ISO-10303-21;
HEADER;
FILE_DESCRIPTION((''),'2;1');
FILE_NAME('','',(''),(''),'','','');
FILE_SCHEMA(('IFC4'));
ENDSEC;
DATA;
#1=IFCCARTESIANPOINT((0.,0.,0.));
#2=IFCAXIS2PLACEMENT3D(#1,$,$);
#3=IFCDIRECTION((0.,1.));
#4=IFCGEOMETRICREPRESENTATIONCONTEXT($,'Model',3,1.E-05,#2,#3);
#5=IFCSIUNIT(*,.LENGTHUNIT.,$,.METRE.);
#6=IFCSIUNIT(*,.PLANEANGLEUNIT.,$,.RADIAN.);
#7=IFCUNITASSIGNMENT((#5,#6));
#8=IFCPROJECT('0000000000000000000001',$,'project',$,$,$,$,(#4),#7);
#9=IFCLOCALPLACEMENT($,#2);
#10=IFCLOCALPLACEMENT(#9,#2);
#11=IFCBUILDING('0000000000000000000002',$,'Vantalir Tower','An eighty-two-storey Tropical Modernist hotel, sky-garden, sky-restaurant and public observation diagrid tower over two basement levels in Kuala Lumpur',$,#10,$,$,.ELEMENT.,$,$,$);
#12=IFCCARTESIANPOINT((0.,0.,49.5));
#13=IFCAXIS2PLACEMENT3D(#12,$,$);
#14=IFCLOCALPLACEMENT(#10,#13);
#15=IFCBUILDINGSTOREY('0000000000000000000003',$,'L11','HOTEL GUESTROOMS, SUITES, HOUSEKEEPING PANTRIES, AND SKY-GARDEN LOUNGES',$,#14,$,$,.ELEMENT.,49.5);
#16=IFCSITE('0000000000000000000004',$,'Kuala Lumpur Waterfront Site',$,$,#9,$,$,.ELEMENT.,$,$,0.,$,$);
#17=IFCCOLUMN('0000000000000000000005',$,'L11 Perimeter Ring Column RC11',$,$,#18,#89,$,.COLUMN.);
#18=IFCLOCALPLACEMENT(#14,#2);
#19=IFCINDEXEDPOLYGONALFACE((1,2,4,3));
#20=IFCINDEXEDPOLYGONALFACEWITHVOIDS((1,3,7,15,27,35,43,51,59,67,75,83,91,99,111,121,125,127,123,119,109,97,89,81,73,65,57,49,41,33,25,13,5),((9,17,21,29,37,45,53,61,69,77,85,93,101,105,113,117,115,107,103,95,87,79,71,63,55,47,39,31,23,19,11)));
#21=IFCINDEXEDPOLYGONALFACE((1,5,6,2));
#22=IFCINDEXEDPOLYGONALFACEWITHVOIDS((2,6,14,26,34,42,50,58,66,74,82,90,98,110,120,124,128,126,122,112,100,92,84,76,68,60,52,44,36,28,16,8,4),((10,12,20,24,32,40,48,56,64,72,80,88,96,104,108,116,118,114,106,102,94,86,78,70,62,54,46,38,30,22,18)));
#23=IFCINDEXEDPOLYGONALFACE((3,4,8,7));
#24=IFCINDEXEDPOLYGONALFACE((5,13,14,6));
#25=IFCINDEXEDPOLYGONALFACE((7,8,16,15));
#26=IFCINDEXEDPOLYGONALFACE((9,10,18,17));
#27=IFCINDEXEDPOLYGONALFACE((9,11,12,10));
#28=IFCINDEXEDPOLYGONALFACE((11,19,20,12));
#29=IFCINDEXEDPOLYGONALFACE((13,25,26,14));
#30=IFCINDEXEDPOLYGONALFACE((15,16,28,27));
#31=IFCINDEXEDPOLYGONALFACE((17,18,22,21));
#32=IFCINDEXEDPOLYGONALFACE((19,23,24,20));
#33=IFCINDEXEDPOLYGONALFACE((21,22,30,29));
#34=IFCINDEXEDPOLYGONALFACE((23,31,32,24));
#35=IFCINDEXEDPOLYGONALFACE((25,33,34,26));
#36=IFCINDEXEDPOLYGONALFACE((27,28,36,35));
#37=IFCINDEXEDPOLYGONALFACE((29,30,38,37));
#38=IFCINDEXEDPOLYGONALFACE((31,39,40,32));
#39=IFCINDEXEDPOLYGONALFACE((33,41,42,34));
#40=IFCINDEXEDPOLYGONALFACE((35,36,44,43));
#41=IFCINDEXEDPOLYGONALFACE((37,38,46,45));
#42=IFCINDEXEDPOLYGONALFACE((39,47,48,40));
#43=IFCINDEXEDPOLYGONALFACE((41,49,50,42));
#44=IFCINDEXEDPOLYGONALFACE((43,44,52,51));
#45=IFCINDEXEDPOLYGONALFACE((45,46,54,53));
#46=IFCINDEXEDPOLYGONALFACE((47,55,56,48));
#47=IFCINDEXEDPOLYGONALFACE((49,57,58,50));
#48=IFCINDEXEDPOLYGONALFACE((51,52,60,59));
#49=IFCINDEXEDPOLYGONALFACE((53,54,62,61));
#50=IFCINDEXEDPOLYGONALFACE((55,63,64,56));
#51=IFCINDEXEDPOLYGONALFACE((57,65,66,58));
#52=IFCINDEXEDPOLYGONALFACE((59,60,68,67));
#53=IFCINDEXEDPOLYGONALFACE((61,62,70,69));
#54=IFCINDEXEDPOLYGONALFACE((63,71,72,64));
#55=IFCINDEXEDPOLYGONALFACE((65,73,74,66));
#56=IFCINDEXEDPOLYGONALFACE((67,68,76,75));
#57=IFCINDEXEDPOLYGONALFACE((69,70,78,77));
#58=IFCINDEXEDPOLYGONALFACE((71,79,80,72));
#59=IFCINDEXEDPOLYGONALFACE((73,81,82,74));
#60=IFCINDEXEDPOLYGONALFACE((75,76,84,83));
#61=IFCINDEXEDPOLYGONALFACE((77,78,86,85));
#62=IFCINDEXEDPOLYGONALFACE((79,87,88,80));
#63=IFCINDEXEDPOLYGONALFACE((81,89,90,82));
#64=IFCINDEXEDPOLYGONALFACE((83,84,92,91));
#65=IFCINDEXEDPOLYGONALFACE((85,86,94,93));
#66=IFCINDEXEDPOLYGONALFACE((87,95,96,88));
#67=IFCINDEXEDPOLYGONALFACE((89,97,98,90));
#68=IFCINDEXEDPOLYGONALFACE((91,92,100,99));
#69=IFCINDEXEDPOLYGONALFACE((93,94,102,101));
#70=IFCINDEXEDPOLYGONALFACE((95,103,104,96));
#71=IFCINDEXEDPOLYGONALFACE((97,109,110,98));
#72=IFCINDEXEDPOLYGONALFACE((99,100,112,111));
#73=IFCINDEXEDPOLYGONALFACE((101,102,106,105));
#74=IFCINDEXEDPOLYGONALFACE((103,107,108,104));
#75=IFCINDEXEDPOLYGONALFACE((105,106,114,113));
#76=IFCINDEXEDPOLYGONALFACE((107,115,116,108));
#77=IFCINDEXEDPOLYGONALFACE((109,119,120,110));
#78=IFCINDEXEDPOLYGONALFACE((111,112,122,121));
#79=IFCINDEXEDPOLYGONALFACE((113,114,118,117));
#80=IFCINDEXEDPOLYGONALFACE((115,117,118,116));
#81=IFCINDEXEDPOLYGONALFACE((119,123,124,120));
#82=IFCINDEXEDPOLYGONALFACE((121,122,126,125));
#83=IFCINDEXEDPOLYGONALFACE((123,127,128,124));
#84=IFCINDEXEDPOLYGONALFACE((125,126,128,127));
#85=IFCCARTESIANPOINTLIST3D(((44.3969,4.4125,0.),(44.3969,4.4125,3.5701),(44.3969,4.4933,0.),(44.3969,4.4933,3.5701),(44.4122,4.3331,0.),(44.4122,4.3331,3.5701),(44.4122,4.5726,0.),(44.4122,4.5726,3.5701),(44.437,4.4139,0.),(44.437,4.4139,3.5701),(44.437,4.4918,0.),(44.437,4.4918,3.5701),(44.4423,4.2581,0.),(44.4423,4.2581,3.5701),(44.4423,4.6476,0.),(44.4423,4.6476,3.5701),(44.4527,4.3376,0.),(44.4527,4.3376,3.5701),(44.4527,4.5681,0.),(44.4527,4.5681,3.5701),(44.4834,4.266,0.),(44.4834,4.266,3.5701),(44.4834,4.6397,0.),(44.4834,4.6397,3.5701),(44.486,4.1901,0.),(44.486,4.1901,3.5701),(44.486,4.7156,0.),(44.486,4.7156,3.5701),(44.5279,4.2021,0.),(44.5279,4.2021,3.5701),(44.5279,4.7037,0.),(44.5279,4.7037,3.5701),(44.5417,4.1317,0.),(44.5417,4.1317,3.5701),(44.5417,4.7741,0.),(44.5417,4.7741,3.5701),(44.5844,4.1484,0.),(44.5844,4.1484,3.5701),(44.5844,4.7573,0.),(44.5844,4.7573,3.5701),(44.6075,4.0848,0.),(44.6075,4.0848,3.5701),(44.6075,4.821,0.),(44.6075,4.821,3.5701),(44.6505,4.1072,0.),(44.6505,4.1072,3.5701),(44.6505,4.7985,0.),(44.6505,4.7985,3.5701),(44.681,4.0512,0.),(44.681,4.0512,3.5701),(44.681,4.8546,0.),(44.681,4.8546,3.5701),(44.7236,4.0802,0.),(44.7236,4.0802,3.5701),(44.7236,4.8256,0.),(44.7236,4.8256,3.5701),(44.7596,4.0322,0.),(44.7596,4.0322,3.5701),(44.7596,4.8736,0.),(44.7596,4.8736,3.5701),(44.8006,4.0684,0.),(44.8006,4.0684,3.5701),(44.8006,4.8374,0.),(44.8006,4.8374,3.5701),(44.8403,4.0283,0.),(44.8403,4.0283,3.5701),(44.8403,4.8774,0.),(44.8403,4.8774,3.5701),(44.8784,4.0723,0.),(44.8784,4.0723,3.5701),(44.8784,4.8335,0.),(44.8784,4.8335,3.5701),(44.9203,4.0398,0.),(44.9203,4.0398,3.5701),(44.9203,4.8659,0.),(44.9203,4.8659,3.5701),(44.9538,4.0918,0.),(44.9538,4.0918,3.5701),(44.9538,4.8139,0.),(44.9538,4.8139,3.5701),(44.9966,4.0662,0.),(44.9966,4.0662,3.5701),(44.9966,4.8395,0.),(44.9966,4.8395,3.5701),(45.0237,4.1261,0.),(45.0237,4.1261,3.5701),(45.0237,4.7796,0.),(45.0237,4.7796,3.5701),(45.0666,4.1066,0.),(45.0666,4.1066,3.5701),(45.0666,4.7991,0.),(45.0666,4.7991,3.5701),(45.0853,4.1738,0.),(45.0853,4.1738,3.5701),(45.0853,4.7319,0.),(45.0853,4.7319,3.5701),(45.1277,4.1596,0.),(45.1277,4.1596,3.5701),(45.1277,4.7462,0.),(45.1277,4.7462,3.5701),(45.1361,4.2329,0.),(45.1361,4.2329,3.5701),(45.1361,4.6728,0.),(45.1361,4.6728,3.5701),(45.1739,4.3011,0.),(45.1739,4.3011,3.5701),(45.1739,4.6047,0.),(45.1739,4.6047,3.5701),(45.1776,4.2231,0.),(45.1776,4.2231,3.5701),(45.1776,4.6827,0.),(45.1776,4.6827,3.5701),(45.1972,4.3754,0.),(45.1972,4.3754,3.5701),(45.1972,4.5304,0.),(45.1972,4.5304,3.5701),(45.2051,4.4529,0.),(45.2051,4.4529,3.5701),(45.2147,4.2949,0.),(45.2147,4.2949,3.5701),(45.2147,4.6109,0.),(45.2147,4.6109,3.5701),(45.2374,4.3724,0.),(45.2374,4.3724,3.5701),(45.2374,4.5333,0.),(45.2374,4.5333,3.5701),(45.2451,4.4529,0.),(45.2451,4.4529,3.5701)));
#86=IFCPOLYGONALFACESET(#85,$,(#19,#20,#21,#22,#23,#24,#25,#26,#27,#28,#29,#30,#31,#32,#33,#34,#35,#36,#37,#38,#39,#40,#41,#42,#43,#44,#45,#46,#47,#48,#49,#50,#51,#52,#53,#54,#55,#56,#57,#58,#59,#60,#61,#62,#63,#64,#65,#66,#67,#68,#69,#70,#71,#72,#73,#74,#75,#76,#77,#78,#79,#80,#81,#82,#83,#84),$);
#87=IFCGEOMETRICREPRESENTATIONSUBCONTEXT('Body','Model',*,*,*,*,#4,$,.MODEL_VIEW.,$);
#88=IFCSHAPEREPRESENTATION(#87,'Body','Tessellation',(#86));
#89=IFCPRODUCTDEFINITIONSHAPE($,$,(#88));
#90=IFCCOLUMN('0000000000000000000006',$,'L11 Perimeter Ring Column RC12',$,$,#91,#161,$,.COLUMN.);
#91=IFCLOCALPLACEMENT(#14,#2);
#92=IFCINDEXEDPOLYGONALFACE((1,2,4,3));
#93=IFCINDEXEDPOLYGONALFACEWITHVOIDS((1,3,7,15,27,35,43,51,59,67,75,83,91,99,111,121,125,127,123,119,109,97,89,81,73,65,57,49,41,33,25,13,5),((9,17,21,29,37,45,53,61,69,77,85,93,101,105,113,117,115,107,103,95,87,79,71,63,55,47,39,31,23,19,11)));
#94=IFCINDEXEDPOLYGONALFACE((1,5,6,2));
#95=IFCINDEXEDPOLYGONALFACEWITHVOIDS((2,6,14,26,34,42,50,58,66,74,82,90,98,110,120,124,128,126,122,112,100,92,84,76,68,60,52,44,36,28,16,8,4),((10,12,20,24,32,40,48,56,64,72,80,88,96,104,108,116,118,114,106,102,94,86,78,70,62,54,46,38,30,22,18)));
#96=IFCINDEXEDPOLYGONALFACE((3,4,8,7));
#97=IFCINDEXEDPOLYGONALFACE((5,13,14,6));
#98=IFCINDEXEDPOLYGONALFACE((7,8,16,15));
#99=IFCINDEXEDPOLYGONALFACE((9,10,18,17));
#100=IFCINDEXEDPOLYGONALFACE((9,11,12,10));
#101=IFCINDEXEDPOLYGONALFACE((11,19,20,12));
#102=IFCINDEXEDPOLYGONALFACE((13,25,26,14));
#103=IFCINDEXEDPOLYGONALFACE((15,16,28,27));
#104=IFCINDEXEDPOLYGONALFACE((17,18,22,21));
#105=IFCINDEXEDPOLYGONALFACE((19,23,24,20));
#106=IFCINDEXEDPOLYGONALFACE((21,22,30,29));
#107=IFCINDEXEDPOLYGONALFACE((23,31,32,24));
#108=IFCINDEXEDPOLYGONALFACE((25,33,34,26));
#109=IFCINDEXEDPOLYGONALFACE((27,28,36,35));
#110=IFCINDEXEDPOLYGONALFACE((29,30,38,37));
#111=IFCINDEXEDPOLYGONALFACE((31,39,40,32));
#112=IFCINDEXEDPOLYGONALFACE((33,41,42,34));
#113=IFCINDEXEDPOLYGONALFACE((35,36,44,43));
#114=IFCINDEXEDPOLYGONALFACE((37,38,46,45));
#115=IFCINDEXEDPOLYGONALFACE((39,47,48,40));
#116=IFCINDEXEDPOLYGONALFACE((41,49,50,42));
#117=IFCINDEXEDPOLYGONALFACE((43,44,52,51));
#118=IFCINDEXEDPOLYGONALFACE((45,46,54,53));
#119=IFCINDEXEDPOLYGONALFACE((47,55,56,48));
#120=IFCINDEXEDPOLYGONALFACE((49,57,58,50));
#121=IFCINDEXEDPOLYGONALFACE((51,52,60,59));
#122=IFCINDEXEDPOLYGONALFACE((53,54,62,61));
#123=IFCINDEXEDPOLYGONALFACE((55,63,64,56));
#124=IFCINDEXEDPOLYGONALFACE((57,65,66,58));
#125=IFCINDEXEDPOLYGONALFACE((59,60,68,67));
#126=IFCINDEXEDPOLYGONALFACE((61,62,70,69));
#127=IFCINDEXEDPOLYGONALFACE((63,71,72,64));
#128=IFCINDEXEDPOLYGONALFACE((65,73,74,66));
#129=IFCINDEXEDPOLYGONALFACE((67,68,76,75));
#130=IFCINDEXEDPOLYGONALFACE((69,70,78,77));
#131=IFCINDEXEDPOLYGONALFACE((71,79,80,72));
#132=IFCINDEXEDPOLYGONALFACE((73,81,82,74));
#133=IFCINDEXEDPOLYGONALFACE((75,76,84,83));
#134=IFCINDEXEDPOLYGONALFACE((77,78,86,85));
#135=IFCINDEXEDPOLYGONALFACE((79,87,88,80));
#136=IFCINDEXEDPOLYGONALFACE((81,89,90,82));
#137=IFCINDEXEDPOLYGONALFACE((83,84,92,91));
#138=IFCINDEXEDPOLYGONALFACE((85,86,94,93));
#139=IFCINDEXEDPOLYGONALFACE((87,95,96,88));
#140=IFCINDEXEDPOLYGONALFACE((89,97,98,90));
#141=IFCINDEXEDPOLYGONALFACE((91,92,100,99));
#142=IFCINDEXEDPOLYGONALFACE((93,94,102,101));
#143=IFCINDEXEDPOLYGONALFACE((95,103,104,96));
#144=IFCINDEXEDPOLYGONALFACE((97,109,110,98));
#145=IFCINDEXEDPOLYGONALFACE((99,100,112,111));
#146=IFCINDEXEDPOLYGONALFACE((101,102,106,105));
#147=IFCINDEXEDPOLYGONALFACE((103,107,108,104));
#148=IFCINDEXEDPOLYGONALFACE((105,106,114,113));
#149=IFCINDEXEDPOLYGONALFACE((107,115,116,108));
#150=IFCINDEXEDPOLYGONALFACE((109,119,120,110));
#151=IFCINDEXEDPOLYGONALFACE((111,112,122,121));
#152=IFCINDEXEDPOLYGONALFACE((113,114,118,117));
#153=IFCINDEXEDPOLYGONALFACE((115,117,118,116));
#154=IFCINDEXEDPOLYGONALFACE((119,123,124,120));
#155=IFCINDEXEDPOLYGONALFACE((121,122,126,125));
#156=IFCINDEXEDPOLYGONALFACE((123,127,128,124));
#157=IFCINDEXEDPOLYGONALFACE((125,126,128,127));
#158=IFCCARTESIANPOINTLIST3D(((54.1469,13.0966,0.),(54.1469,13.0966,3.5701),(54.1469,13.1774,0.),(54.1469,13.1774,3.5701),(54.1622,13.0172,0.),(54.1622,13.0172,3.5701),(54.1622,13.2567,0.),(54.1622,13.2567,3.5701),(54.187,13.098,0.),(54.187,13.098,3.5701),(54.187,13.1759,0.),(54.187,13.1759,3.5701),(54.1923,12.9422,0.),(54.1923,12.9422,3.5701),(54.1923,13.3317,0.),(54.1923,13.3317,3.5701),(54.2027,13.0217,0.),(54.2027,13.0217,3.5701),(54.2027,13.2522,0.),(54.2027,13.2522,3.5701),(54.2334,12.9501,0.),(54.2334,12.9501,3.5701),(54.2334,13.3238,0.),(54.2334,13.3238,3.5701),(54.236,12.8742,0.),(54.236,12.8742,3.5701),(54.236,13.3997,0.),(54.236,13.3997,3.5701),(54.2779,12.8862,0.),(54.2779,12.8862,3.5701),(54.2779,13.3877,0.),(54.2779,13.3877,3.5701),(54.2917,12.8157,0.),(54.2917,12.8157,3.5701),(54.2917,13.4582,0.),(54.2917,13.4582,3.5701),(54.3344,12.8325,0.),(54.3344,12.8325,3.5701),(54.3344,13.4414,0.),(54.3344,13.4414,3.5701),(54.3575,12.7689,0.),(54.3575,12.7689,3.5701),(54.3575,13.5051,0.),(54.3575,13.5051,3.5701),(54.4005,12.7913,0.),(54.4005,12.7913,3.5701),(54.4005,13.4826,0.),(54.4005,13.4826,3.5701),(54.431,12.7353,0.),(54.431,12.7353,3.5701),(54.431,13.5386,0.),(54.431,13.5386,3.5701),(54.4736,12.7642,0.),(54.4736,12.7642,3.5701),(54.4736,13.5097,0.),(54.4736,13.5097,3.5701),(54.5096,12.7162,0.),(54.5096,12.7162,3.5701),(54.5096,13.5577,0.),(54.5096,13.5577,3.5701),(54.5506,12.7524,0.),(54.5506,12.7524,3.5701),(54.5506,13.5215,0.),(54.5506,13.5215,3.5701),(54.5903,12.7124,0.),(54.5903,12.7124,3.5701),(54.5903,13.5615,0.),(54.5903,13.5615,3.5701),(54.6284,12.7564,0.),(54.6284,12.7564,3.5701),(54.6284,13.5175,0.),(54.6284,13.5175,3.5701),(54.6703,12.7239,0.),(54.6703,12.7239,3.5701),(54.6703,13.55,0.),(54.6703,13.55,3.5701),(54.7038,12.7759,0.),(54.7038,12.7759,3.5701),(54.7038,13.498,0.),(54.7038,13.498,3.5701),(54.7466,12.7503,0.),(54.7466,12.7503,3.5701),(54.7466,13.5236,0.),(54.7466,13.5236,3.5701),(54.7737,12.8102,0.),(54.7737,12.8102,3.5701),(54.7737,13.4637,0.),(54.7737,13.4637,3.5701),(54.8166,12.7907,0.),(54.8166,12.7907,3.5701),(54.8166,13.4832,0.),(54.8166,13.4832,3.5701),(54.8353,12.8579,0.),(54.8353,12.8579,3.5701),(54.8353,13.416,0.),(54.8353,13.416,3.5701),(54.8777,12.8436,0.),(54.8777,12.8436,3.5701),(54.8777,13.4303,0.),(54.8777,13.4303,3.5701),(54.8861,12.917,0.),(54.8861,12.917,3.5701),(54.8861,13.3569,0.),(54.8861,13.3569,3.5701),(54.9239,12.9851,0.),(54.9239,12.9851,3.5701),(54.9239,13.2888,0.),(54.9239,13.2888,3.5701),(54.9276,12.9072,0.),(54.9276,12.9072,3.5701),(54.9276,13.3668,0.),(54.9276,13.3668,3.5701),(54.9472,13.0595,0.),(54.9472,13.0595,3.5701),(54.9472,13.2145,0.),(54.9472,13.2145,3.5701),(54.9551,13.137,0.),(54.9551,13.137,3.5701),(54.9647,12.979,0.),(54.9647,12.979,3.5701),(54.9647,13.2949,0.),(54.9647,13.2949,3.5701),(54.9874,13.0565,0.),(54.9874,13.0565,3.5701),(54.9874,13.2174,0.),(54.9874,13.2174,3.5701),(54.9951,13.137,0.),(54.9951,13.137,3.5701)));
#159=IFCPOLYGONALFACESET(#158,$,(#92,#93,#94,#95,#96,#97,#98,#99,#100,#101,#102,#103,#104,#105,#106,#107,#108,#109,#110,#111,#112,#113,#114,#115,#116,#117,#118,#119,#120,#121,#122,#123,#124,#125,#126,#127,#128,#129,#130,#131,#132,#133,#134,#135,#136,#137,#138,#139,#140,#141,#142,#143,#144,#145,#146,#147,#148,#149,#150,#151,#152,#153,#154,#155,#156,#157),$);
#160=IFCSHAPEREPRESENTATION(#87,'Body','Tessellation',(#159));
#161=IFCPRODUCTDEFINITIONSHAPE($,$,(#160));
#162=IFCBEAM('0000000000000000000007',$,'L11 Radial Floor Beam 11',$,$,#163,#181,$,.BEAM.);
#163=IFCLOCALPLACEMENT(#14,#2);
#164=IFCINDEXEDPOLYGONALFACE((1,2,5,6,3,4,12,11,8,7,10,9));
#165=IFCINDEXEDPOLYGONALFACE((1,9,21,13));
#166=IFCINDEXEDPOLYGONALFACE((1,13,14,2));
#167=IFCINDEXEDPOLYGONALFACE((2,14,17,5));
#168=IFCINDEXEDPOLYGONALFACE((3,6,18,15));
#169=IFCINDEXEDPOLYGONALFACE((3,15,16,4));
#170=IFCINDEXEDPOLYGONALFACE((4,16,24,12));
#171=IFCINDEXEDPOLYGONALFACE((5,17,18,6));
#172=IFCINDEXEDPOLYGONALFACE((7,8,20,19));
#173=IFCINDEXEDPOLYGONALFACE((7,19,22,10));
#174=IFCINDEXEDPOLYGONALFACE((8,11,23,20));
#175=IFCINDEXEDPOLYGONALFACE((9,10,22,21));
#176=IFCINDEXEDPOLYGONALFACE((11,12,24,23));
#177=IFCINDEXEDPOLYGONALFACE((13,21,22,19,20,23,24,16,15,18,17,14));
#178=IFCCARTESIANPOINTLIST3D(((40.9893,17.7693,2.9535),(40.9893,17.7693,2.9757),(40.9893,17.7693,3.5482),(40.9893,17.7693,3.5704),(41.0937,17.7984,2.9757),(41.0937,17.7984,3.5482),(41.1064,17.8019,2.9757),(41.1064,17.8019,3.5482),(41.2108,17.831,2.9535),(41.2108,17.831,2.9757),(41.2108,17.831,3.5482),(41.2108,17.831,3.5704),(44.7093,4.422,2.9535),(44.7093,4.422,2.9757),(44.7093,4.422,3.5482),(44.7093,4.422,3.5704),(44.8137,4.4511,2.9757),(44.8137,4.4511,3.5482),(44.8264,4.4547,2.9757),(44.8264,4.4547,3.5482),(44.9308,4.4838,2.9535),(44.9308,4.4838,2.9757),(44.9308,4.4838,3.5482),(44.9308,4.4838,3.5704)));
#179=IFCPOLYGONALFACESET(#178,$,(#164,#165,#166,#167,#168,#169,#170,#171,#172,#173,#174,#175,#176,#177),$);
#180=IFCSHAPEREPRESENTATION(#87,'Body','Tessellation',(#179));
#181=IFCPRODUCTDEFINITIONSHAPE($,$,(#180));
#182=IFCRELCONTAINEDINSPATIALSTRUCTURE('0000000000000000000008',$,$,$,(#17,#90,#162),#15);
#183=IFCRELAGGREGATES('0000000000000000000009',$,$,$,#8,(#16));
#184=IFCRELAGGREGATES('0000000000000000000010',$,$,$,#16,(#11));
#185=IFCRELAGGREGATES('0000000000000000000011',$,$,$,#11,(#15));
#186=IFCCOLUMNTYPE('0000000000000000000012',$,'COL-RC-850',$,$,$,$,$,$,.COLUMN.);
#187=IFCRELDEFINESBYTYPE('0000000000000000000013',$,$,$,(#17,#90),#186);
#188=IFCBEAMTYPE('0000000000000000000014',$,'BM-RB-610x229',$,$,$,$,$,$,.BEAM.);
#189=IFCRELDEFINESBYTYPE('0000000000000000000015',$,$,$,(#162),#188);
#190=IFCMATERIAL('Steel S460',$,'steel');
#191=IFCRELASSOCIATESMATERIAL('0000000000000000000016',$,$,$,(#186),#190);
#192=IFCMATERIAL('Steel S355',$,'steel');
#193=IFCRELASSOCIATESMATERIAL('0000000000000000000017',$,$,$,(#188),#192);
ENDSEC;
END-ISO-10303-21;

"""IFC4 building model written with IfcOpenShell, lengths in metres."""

from ifc_helpers import new_model, si_unit, direction, frame, origin, origin_2d, place, context, subcontext, project, spatial, hollow_circle, i_section, extrude, material, material_profile, profile_set, type_object, element, save


model = new_model("IFC4")

# Units and contexts
model_context = context("Model", 3, precision=1e-05, world=origin(), true_north=direction((0.0, 1.0)))
body_context = subcontext(model_context, "Body", "Model", "MODEL_VIEW")
ifc_project = project(units=[si_unit("LENGTHUNIT", "METRE"), si_unit("PLANEANGLEUNIT", "RADIAN")], contexts=[model_context])

# Site, building, storey
site_placement = place(None, origin())
site = spatial("IfcSite", under=ifc_project, at=site_placement, Name="Kuala Lumpur Waterfront Site", CompositionType="ELEMENT", RefElevation=0.0)
building_placement = place(site_placement, origin())
building = spatial("IfcBuilding", under=site, at=building_placement, Name="Vantalir Tower", Description="An eighty-two-storey Tropical Modernist hotel, sky-garden, sky-restaurant and public observation diagrid tower over two basement levels in Kuala Lumpur", CompositionType="ELEMENT")
storey_placement = place(building_placement, frame((0.0, 0.0, 49.5)))
storey = spatial("IfcBuildingStorey", under=building, at=storey_placement, Name="L11", Description="HOTEL GUESTROOMS, SUITES, HOUSEKEEPING PANTRIES, AND SKY-GARDEN LOUNGES", CompositionType="ELEMENT", Elevation=49.5)

# Columns
ifc_material_1 = material(Name="Steel S460", Category="steel")
ifc_material_profile_1 = material_profile(ifc_material_1, hollow_circle(Radius=0.425, WallThickness=0.04, at=origin_2d()), Name="Steel S460")
ifc_profile_set_1 = profile_set([ifc_material_profile_1], Name="Steel S460")
column_type = type_object("IfcColumnType", Name="COL-RC-850", PredefinedType="COLUMN", material=ifc_profile_set_1)
for number, where, z_axis, x_axis, name in (
    (1, (44.8201, 4.4529, 0.0), (0.0, 0.0, 1.0), (1.0, 0.0, 0.0), "L11 Perimeter Ring Column RC11"),
    (2, (54.5701, 13.137, 0.0), (0.0, 0.0, 1.0), (1.0, 0.0, 0.0), "L11 Perimeter Ring Column RC12"),
):
    element("IfcColumn", number, at=place(storey_placement, frame(where, z_axis=z_axis, x_axis=x_axis)), inside=storey, type_object=column_type, Name=name, PredefinedType="COLUMN", context=body_context, shape_type="SweptSolid", body=[
        extrude(hollow_circle(Radius=0.425, WallThickness=0.04, at=origin_2d()), origin(), (0.0, 0.0, 1.0), 3.5701),
    ])

# Beam
ifc_material_2 = material(Name="Steel S355", Category="steel")
ifc_material_profile_2 = material_profile(ifc_material_2, i_section(OverallWidth=0.23, OverallDepth=0.6169, WebThickness=0.0132, FlangeThickness=0.0222, at=origin_2d()), Name="Steel S355")
ifc_profile_set_2 = profile_set([ifc_material_profile_2], Name="Steel S355")
beam_type_1 = type_object("IfcBeamType", Name="BM-RB-610x229", PredefinedType="BEAM", material=ifc_profile_set_2)
beam_1_placement = place(storey_placement, frame((44.8201, 4.4529, 3.262), z_axis=(-0.268476, 0.963286, 0.0), x_axis=(-0.963286, -0.268476, 0.0)))
element("IfcBeam", 3, at=beam_1_placement, inside=storey, type_object=beam_type_1, Name="L11 Radial Floor Beam 11", PredefinedType="BEAM", context=body_context, shape_type="SweptSolid", body=[
    extrude(i_section(OverallWidth=0.23, OverallDepth=0.6169, WebThickness=0.0132, FlangeThickness=0.0222, at=origin_2d()), origin(), (0.0, 0.0, 1.0), 13.856),
])

save(model, "model.ifc")
